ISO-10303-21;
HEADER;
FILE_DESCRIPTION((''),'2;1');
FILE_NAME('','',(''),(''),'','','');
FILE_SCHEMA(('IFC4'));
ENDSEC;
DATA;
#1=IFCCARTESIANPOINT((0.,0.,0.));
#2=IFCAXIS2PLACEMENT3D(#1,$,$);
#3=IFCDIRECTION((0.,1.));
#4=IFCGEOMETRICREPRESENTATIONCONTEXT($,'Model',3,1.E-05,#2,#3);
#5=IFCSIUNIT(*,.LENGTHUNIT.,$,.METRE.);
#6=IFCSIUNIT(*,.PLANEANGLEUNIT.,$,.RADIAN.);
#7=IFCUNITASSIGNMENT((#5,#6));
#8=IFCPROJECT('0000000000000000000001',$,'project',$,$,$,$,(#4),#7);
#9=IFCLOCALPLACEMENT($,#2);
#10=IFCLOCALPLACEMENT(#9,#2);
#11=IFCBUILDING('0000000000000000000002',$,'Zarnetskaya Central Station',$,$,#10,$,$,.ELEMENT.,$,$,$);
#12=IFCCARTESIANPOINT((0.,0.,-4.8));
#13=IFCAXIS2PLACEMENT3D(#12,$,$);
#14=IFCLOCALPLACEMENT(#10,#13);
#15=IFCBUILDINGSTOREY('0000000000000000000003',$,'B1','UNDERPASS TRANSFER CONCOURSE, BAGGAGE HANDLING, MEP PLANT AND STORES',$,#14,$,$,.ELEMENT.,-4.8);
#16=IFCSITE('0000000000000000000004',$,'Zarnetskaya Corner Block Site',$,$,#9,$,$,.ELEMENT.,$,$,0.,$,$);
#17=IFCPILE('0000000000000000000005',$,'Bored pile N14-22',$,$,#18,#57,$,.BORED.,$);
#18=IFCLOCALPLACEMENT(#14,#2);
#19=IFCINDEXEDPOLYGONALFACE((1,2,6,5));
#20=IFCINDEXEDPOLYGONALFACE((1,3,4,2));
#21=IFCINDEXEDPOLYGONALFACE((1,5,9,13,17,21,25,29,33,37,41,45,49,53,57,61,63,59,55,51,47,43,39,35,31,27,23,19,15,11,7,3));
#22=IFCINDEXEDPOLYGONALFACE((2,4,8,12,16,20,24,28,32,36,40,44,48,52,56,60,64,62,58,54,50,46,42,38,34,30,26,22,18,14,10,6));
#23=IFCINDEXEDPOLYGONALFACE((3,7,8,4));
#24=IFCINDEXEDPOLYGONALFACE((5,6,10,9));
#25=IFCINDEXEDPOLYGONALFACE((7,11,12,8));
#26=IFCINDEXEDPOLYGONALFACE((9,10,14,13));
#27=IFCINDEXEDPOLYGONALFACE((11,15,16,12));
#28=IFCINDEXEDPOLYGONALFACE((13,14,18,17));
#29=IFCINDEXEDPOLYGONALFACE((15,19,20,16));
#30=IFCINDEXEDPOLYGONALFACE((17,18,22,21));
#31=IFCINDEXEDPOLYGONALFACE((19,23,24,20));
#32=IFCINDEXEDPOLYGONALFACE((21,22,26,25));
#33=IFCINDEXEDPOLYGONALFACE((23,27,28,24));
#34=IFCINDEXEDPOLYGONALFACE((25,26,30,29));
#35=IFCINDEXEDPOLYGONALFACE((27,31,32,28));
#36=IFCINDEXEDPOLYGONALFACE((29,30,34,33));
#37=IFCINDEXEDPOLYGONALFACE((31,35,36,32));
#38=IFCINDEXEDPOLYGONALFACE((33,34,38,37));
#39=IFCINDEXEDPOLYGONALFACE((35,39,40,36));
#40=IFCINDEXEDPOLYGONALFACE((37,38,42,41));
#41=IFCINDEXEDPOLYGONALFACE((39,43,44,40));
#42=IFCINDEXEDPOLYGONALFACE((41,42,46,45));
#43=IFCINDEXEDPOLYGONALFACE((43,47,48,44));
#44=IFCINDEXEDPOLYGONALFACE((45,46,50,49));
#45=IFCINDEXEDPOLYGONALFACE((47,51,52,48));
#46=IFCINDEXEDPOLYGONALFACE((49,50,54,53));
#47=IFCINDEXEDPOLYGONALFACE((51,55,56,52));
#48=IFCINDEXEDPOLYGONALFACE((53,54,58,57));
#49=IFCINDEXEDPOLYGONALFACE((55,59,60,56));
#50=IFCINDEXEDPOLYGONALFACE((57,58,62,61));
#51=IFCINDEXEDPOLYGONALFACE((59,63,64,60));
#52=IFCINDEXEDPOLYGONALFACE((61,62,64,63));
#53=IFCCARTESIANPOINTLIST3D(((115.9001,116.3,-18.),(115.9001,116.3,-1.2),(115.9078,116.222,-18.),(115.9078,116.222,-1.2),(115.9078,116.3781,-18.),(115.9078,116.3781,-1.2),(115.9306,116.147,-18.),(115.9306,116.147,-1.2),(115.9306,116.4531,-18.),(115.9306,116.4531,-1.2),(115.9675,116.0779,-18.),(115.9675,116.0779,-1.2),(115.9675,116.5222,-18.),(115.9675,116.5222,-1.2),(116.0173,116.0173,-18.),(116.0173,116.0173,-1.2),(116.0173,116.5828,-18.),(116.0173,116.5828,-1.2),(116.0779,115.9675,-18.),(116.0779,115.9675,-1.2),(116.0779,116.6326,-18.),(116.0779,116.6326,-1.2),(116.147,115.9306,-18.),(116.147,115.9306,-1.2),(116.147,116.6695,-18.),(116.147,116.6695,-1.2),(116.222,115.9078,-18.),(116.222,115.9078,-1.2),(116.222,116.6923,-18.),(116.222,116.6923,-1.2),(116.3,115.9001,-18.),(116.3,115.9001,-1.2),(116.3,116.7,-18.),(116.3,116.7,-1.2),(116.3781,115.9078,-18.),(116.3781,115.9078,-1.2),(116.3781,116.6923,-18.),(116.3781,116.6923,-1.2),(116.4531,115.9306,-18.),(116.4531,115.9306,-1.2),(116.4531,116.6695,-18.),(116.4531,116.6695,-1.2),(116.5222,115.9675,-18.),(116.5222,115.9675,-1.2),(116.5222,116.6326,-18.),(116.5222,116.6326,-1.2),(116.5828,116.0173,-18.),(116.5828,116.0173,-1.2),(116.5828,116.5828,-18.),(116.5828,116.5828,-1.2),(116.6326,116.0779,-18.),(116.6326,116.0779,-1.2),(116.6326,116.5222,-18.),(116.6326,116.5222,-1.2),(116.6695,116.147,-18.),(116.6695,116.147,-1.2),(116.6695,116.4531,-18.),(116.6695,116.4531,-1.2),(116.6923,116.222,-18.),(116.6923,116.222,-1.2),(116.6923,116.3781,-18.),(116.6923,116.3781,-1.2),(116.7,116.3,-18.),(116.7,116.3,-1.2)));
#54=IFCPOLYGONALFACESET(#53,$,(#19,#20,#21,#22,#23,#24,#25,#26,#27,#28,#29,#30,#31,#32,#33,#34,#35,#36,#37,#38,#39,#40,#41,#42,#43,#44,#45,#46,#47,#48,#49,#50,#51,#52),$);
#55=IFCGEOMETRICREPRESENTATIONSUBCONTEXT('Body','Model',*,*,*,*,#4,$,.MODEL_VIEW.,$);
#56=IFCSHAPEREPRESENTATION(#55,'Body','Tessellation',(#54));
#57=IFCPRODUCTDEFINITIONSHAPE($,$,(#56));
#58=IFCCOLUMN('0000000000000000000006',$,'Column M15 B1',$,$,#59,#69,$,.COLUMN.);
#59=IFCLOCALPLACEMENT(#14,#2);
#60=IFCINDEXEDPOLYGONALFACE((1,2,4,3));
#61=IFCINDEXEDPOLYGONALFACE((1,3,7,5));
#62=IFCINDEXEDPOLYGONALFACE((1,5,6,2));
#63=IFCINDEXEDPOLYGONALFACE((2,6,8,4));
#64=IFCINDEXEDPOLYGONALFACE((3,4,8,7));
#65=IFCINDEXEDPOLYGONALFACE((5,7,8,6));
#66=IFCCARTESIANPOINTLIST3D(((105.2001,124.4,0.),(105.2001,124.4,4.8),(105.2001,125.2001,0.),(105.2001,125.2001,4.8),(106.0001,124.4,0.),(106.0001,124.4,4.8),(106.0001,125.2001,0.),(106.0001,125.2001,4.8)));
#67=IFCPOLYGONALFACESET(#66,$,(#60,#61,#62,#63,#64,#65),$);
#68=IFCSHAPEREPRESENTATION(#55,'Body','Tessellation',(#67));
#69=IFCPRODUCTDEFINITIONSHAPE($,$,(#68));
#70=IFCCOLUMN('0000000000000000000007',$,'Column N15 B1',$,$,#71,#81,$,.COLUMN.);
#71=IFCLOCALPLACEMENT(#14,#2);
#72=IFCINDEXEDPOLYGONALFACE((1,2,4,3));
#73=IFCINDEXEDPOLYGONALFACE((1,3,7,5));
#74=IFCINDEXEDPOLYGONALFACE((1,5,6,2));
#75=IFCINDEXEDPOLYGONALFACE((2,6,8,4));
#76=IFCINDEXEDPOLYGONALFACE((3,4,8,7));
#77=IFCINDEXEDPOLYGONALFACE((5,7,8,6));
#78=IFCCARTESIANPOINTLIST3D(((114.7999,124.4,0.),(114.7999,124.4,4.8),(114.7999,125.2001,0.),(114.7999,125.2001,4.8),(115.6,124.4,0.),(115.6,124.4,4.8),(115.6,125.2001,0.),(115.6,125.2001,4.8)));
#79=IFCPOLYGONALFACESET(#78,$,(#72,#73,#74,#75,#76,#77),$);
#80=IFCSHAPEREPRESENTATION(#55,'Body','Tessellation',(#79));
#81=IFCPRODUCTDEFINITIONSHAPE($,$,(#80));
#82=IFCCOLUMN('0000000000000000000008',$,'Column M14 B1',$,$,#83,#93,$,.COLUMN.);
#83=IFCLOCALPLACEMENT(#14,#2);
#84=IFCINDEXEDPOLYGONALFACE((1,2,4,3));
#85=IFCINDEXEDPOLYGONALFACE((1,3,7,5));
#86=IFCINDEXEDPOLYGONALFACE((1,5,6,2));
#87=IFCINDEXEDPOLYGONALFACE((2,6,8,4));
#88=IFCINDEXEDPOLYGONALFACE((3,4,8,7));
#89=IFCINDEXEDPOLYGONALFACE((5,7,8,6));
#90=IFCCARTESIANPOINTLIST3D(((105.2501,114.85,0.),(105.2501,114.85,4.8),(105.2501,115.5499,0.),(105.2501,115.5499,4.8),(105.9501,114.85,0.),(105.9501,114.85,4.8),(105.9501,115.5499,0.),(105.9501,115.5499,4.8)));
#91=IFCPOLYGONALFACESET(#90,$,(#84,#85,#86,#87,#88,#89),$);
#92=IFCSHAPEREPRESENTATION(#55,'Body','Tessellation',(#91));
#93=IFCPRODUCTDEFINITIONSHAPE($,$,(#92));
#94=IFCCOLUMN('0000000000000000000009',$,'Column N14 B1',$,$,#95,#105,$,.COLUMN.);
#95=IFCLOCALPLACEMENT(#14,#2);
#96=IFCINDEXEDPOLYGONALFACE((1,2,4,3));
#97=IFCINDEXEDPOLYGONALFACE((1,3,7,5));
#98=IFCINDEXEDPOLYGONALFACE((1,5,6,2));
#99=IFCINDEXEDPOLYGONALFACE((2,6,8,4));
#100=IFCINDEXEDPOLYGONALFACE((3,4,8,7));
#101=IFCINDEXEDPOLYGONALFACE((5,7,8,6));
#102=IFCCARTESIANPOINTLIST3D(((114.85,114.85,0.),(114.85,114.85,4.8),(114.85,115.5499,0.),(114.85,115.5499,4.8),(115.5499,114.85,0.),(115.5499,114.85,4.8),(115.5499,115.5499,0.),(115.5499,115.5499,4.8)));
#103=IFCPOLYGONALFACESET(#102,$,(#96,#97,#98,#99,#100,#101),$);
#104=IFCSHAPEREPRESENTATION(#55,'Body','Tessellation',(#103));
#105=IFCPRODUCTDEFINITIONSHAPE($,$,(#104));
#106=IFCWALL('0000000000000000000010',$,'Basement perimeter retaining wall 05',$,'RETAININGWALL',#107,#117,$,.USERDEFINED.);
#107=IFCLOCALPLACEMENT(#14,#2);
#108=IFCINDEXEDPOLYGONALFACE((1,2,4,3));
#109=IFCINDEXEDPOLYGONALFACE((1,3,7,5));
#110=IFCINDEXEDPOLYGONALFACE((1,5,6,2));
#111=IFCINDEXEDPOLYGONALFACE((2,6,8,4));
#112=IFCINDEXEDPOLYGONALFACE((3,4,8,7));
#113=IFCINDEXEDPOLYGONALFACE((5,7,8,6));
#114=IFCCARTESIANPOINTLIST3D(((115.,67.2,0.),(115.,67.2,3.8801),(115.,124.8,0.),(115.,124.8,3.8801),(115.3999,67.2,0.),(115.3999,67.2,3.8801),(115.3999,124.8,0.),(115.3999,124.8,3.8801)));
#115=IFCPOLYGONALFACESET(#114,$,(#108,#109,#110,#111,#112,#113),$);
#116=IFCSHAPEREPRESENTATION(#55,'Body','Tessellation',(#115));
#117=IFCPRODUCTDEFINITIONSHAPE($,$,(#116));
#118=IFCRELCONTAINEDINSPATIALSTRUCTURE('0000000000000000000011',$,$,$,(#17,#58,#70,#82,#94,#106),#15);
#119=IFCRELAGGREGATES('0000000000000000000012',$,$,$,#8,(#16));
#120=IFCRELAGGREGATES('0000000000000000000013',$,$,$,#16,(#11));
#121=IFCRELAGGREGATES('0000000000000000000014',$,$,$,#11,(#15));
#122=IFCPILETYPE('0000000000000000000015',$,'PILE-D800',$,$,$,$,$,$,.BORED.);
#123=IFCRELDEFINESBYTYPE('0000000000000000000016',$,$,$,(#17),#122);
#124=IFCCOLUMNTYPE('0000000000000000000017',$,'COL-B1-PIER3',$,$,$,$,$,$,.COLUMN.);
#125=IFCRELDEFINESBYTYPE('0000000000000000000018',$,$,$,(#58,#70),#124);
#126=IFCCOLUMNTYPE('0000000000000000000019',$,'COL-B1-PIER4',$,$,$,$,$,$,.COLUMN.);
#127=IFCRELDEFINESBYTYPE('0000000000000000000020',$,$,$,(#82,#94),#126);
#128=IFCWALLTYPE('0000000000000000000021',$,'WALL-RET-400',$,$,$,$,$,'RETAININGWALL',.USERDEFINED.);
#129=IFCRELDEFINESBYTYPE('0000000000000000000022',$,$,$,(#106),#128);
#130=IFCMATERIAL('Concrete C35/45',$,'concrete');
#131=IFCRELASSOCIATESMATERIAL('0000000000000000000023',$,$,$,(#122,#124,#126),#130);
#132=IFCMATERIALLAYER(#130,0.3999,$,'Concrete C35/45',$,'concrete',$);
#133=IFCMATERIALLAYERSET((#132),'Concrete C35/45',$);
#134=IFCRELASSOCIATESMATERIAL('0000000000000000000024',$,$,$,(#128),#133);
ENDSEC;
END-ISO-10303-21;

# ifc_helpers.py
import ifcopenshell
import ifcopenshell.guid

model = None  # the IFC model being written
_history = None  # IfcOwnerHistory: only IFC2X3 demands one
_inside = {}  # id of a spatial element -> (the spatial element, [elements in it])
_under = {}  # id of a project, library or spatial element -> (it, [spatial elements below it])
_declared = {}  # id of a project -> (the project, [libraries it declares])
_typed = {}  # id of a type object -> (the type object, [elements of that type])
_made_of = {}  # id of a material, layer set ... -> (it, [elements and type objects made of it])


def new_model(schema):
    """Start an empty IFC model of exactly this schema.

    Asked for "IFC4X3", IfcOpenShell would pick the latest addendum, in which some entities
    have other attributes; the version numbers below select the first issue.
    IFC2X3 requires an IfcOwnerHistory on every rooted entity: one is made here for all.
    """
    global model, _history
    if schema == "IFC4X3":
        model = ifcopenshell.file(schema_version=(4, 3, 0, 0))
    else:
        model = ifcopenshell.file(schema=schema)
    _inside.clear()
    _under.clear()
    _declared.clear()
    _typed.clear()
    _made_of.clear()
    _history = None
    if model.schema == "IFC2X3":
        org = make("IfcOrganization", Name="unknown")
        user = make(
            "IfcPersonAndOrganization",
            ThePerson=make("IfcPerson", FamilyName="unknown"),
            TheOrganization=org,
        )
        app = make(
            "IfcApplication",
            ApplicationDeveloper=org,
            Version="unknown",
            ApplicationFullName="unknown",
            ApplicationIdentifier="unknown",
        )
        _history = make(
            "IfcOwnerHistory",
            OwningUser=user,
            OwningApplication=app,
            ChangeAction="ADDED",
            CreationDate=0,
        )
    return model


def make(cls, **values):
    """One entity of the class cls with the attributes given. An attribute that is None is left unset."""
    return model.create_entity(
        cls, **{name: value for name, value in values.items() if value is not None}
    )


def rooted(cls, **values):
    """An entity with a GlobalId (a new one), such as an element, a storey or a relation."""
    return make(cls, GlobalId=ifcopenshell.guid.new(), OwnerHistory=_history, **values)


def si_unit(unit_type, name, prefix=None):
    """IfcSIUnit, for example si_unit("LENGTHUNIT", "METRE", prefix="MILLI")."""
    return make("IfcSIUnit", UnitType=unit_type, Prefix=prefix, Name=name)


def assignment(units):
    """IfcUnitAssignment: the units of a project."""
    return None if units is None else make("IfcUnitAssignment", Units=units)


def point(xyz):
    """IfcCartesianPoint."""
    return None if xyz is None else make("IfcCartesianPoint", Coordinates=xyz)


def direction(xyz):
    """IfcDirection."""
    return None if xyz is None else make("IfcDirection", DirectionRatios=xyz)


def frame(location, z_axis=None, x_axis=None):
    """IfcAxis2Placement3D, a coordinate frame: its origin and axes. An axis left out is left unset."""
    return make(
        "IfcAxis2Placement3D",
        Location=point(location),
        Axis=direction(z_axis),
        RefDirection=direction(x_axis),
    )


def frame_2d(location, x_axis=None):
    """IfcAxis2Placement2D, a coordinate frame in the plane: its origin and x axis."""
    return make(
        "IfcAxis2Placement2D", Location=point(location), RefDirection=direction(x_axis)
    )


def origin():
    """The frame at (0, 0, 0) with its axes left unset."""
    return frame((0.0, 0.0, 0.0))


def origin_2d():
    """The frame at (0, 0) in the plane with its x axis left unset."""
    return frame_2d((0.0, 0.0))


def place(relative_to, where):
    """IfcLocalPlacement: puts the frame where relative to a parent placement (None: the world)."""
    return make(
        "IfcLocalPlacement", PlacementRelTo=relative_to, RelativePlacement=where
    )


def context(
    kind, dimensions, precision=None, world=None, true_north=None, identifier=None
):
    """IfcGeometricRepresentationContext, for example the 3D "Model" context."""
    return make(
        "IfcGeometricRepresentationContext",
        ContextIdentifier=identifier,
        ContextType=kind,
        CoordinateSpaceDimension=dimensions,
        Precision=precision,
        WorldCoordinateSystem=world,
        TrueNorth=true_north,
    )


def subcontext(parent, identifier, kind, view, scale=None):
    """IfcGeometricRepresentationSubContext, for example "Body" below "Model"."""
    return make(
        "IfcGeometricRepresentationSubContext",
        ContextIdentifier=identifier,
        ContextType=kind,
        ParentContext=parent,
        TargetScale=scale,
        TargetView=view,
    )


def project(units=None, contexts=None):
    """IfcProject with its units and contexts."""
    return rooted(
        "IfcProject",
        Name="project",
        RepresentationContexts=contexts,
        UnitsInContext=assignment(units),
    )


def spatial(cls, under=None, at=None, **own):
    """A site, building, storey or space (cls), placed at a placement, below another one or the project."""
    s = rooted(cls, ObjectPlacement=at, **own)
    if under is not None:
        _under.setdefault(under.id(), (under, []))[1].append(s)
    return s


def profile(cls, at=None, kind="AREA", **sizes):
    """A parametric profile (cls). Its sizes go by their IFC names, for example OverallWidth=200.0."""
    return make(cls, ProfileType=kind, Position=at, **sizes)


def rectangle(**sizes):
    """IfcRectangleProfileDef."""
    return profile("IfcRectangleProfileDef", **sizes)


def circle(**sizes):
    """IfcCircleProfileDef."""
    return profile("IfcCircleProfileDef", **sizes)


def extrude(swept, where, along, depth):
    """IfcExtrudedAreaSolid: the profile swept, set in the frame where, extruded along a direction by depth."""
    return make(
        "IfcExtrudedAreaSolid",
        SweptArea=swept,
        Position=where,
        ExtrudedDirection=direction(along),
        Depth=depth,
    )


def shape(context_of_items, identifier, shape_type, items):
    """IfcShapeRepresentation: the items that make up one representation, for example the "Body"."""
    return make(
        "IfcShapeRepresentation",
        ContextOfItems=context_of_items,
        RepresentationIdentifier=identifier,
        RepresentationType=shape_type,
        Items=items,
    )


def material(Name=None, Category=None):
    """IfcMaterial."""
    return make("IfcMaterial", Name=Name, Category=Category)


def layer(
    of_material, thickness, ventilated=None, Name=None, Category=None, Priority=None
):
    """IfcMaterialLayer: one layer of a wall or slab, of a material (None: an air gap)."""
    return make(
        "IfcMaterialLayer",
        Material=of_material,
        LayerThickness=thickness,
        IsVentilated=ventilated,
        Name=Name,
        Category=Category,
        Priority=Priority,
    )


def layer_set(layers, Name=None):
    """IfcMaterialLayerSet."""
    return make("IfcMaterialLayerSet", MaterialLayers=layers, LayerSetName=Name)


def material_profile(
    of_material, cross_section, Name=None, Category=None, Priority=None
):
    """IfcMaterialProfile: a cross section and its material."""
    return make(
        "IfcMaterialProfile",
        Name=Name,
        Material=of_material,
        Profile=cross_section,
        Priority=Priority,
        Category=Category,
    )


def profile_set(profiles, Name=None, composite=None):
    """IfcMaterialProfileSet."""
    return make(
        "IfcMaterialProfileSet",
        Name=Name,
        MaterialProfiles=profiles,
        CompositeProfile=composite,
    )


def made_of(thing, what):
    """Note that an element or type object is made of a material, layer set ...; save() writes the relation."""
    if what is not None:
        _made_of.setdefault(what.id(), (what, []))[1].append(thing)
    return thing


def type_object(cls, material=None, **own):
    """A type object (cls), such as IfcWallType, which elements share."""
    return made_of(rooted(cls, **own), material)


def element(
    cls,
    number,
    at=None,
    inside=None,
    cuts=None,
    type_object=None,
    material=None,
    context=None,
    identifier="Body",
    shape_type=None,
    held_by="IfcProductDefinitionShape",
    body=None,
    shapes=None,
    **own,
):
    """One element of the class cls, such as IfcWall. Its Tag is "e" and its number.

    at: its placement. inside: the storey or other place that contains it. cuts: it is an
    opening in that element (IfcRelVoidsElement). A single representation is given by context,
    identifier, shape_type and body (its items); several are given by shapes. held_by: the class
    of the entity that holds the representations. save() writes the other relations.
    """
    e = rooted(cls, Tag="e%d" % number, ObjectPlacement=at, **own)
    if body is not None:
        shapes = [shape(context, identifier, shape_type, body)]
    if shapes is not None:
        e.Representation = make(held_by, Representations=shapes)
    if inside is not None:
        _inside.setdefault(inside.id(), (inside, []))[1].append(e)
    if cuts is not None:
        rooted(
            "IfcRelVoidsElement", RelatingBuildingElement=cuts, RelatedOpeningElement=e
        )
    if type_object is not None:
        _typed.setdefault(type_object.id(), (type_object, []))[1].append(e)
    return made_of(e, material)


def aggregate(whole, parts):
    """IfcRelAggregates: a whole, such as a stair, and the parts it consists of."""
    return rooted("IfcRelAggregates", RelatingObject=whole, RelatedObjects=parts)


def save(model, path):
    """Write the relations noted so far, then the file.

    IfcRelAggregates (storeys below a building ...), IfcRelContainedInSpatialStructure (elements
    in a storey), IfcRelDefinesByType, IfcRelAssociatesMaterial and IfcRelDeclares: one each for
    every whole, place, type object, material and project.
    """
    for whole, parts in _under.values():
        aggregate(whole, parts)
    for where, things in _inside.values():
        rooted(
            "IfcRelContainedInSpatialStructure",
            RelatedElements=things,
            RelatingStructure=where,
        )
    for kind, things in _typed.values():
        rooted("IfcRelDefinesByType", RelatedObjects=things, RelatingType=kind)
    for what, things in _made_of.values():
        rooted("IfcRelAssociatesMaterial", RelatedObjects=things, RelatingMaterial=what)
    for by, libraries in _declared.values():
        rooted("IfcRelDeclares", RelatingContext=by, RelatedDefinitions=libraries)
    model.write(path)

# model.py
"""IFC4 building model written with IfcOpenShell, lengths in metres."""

from ifc_helpers import new_model, si_unit, direction, frame, frame_2d, origin, origin_2d, place, context, subcontext, project, spatial, rectangle, circle, extrude, material, layer, layer_set, material_profile, profile_set, type_object, element, save


model = new_model("IFC4")

# Units and contexts
model_context = context("Model", 3, precision=1e-05, world=origin(), true_north=direction((0.0, 1.0)))
body_context = subcontext(model_context, "Body", "Model", "MODEL_VIEW")
ifc_project = project(units=[si_unit("LENGTHUNIT", "METRE"), si_unit("PLANEANGLEUNIT", "RADIAN")], contexts=[model_context])

# Site, building, storey
site_placement = place(None, origin())
site = spatial("IfcSite", under=ifc_project, at=site_placement, Name="Zarnetskaya Corner Block Site", CompositionType="ELEMENT", RefElevation=0.0)
building_placement = place(site_placement, origin())
building = spatial("IfcBuilding", under=site, at=building_placement, Name="Zarnetskaya Central Station", CompositionType="ELEMENT")
storey_placement = place(building_placement, frame((0.0, 0.0, -4.8)))
storey = spatial("IfcBuildingStorey", under=building, at=storey_placement, Name="B1", Description="UNDERPASS TRANSFER CONCOURSE, BAGGAGE HANDLING, MEP PLANT AND STORES", CompositionType="ELEMENT", Elevation=-4.8)

# Shared definitions
ifc_material = material(Name="Concrete C35/45", Category="concrete")

# Pile
ifc_material_profile_1 = material_profile(ifc_material, circle(Radius=0.3999, at=origin_2d()), Name="BORED PILE D800")
ifc_profile_set_1 = profile_set([ifc_material_profile_1], Name="Concrete C35/45")
pile_type_1 = type_object("IfcPileType", Name="PILE-D800", PredefinedType="BORED", material=ifc_profile_set_1)
for number, where, z_axis, x_axis, name in (
    (1, (116.3, 116.3, -1.2), (0.0, 0.0, -1.0), (1.0, 0.0, 0.0), "Bored pile N14-22"),
):
    element("IfcPile", number, at=place(storey_placement, frame(where, z_axis=z_axis, x_axis=x_axis)), inside=storey, type_object=pile_type_1, Name=name, PredefinedType="BORED", context=body_context, shape_type="SweptSolid", body=[
        extrude(circle(Radius=0.3999, at=origin_2d()), origin(), (0.0, 0.0, 1.0), 16.8),
    ])

# Columns
ifc_material_profile_2 = material_profile(ifc_material, rectangle(XDim=0.8, YDim=0.8, at=origin_2d()), Name="RC 800x800")
ifc_profile_set_2 = profile_set([ifc_material_profile_2], Name="Concrete C35/45")
column_type_1 = type_object("IfcColumnType", Name="COL-B1-PIER3", PredefinedType="COLUMN", material=ifc_profile_set_2)
for number, where, z_axis, x_axis, name in (
    (2, (105.6001, 124.8, 0.0), (0.0, 0.0, 1.0), (1.0, 0.0, 0.0), "Column M15 B1"),
    (3, (115.2, 124.8, 0.0), (0.0, 0.0, 1.0), (1.0, 0.0, 0.0), "Column N15 B1"),
):
    element("IfcColumn", number, at=place(storey_placement, frame(where, z_axis=z_axis, x_axis=x_axis)), inside=storey, type_object=column_type_1, Name=name, PredefinedType="COLUMN", context=body_context, shape_type="SweptSolid", body=[
        extrude(rectangle(XDim=0.8, YDim=0.8, at=origin_2d()), origin(), (0.0, 0.0, 1.0), 4.8),
    ])
ifc_material_profile_3 = material_profile(ifc_material, rectangle(XDim=0.7, YDim=0.7, at=origin_2d()), Name="RC 700x700")
ifc_profile_set_3 = profile_set([ifc_material_profile_3], Name="Concrete C35/45")
column_type_2 = type_object("IfcColumnType", Name="COL-B1-PIER4", PredefinedType="COLUMN", material=ifc_profile_set_3)
for number, where, z_axis, x_axis, name in (
    (4, (105.6001, 115.2, 0.0), (0.0, 0.0, 1.0), (1.0, 0.0, 0.0), "Column M14 B1"),
    (5, (115.2, 115.2, 0.0), (0.0, 0.0, 1.0), (1.0, 0.0, 0.0), "Column N14 B1"),
):
    element("IfcColumn", number, at=place(storey_placement, frame(where, z_axis=z_axis, x_axis=x_axis)), inside=storey, type_object=column_type_2, Name=name, PredefinedType="COLUMN", context=body_context, shape_type="SweptSolid", body=[
        extrude(rectangle(XDim=0.7, YDim=0.7, at=origin_2d()), origin(), (0.0, 0.0, 1.0), 4.8),
    ])

# Wall
ifc_layer = layer(ifc_material, 0.3999, Name="Concrete C35/45", Category="concrete")
ifc_layer_set = layer_set([ifc_layer], Name="Concrete C35/45")
wall_type = type_object("IfcWallType", Name="WALL-RET-400", ElementType="RETAININGWALL", PredefinedType="USERDEFINED", material=ifc_layer_set)
wall_placement = place(storey_placement, frame((115.2, 124.8, 0.0), z_axis=(0.0, 0.0, 1.0), x_axis=(0.0, -1.0, 0.0)))
element("IfcWall", 6, at=wall_placement, inside=storey, type_object=wall_type, Name="Basement perimeter retaining wall 05", ObjectType="RETAININGWALL", PredefinedType="USERDEFINED", context=body_context, shape_type="SweptSolid", body=[
    extrude(rectangle(XDim=57.6001, YDim=0.3999, at=frame_2d((28.8, 0.0))), origin(), (0.0, 0.0, 1.0), 3.8801),
])

save(model, "model.ifc")
